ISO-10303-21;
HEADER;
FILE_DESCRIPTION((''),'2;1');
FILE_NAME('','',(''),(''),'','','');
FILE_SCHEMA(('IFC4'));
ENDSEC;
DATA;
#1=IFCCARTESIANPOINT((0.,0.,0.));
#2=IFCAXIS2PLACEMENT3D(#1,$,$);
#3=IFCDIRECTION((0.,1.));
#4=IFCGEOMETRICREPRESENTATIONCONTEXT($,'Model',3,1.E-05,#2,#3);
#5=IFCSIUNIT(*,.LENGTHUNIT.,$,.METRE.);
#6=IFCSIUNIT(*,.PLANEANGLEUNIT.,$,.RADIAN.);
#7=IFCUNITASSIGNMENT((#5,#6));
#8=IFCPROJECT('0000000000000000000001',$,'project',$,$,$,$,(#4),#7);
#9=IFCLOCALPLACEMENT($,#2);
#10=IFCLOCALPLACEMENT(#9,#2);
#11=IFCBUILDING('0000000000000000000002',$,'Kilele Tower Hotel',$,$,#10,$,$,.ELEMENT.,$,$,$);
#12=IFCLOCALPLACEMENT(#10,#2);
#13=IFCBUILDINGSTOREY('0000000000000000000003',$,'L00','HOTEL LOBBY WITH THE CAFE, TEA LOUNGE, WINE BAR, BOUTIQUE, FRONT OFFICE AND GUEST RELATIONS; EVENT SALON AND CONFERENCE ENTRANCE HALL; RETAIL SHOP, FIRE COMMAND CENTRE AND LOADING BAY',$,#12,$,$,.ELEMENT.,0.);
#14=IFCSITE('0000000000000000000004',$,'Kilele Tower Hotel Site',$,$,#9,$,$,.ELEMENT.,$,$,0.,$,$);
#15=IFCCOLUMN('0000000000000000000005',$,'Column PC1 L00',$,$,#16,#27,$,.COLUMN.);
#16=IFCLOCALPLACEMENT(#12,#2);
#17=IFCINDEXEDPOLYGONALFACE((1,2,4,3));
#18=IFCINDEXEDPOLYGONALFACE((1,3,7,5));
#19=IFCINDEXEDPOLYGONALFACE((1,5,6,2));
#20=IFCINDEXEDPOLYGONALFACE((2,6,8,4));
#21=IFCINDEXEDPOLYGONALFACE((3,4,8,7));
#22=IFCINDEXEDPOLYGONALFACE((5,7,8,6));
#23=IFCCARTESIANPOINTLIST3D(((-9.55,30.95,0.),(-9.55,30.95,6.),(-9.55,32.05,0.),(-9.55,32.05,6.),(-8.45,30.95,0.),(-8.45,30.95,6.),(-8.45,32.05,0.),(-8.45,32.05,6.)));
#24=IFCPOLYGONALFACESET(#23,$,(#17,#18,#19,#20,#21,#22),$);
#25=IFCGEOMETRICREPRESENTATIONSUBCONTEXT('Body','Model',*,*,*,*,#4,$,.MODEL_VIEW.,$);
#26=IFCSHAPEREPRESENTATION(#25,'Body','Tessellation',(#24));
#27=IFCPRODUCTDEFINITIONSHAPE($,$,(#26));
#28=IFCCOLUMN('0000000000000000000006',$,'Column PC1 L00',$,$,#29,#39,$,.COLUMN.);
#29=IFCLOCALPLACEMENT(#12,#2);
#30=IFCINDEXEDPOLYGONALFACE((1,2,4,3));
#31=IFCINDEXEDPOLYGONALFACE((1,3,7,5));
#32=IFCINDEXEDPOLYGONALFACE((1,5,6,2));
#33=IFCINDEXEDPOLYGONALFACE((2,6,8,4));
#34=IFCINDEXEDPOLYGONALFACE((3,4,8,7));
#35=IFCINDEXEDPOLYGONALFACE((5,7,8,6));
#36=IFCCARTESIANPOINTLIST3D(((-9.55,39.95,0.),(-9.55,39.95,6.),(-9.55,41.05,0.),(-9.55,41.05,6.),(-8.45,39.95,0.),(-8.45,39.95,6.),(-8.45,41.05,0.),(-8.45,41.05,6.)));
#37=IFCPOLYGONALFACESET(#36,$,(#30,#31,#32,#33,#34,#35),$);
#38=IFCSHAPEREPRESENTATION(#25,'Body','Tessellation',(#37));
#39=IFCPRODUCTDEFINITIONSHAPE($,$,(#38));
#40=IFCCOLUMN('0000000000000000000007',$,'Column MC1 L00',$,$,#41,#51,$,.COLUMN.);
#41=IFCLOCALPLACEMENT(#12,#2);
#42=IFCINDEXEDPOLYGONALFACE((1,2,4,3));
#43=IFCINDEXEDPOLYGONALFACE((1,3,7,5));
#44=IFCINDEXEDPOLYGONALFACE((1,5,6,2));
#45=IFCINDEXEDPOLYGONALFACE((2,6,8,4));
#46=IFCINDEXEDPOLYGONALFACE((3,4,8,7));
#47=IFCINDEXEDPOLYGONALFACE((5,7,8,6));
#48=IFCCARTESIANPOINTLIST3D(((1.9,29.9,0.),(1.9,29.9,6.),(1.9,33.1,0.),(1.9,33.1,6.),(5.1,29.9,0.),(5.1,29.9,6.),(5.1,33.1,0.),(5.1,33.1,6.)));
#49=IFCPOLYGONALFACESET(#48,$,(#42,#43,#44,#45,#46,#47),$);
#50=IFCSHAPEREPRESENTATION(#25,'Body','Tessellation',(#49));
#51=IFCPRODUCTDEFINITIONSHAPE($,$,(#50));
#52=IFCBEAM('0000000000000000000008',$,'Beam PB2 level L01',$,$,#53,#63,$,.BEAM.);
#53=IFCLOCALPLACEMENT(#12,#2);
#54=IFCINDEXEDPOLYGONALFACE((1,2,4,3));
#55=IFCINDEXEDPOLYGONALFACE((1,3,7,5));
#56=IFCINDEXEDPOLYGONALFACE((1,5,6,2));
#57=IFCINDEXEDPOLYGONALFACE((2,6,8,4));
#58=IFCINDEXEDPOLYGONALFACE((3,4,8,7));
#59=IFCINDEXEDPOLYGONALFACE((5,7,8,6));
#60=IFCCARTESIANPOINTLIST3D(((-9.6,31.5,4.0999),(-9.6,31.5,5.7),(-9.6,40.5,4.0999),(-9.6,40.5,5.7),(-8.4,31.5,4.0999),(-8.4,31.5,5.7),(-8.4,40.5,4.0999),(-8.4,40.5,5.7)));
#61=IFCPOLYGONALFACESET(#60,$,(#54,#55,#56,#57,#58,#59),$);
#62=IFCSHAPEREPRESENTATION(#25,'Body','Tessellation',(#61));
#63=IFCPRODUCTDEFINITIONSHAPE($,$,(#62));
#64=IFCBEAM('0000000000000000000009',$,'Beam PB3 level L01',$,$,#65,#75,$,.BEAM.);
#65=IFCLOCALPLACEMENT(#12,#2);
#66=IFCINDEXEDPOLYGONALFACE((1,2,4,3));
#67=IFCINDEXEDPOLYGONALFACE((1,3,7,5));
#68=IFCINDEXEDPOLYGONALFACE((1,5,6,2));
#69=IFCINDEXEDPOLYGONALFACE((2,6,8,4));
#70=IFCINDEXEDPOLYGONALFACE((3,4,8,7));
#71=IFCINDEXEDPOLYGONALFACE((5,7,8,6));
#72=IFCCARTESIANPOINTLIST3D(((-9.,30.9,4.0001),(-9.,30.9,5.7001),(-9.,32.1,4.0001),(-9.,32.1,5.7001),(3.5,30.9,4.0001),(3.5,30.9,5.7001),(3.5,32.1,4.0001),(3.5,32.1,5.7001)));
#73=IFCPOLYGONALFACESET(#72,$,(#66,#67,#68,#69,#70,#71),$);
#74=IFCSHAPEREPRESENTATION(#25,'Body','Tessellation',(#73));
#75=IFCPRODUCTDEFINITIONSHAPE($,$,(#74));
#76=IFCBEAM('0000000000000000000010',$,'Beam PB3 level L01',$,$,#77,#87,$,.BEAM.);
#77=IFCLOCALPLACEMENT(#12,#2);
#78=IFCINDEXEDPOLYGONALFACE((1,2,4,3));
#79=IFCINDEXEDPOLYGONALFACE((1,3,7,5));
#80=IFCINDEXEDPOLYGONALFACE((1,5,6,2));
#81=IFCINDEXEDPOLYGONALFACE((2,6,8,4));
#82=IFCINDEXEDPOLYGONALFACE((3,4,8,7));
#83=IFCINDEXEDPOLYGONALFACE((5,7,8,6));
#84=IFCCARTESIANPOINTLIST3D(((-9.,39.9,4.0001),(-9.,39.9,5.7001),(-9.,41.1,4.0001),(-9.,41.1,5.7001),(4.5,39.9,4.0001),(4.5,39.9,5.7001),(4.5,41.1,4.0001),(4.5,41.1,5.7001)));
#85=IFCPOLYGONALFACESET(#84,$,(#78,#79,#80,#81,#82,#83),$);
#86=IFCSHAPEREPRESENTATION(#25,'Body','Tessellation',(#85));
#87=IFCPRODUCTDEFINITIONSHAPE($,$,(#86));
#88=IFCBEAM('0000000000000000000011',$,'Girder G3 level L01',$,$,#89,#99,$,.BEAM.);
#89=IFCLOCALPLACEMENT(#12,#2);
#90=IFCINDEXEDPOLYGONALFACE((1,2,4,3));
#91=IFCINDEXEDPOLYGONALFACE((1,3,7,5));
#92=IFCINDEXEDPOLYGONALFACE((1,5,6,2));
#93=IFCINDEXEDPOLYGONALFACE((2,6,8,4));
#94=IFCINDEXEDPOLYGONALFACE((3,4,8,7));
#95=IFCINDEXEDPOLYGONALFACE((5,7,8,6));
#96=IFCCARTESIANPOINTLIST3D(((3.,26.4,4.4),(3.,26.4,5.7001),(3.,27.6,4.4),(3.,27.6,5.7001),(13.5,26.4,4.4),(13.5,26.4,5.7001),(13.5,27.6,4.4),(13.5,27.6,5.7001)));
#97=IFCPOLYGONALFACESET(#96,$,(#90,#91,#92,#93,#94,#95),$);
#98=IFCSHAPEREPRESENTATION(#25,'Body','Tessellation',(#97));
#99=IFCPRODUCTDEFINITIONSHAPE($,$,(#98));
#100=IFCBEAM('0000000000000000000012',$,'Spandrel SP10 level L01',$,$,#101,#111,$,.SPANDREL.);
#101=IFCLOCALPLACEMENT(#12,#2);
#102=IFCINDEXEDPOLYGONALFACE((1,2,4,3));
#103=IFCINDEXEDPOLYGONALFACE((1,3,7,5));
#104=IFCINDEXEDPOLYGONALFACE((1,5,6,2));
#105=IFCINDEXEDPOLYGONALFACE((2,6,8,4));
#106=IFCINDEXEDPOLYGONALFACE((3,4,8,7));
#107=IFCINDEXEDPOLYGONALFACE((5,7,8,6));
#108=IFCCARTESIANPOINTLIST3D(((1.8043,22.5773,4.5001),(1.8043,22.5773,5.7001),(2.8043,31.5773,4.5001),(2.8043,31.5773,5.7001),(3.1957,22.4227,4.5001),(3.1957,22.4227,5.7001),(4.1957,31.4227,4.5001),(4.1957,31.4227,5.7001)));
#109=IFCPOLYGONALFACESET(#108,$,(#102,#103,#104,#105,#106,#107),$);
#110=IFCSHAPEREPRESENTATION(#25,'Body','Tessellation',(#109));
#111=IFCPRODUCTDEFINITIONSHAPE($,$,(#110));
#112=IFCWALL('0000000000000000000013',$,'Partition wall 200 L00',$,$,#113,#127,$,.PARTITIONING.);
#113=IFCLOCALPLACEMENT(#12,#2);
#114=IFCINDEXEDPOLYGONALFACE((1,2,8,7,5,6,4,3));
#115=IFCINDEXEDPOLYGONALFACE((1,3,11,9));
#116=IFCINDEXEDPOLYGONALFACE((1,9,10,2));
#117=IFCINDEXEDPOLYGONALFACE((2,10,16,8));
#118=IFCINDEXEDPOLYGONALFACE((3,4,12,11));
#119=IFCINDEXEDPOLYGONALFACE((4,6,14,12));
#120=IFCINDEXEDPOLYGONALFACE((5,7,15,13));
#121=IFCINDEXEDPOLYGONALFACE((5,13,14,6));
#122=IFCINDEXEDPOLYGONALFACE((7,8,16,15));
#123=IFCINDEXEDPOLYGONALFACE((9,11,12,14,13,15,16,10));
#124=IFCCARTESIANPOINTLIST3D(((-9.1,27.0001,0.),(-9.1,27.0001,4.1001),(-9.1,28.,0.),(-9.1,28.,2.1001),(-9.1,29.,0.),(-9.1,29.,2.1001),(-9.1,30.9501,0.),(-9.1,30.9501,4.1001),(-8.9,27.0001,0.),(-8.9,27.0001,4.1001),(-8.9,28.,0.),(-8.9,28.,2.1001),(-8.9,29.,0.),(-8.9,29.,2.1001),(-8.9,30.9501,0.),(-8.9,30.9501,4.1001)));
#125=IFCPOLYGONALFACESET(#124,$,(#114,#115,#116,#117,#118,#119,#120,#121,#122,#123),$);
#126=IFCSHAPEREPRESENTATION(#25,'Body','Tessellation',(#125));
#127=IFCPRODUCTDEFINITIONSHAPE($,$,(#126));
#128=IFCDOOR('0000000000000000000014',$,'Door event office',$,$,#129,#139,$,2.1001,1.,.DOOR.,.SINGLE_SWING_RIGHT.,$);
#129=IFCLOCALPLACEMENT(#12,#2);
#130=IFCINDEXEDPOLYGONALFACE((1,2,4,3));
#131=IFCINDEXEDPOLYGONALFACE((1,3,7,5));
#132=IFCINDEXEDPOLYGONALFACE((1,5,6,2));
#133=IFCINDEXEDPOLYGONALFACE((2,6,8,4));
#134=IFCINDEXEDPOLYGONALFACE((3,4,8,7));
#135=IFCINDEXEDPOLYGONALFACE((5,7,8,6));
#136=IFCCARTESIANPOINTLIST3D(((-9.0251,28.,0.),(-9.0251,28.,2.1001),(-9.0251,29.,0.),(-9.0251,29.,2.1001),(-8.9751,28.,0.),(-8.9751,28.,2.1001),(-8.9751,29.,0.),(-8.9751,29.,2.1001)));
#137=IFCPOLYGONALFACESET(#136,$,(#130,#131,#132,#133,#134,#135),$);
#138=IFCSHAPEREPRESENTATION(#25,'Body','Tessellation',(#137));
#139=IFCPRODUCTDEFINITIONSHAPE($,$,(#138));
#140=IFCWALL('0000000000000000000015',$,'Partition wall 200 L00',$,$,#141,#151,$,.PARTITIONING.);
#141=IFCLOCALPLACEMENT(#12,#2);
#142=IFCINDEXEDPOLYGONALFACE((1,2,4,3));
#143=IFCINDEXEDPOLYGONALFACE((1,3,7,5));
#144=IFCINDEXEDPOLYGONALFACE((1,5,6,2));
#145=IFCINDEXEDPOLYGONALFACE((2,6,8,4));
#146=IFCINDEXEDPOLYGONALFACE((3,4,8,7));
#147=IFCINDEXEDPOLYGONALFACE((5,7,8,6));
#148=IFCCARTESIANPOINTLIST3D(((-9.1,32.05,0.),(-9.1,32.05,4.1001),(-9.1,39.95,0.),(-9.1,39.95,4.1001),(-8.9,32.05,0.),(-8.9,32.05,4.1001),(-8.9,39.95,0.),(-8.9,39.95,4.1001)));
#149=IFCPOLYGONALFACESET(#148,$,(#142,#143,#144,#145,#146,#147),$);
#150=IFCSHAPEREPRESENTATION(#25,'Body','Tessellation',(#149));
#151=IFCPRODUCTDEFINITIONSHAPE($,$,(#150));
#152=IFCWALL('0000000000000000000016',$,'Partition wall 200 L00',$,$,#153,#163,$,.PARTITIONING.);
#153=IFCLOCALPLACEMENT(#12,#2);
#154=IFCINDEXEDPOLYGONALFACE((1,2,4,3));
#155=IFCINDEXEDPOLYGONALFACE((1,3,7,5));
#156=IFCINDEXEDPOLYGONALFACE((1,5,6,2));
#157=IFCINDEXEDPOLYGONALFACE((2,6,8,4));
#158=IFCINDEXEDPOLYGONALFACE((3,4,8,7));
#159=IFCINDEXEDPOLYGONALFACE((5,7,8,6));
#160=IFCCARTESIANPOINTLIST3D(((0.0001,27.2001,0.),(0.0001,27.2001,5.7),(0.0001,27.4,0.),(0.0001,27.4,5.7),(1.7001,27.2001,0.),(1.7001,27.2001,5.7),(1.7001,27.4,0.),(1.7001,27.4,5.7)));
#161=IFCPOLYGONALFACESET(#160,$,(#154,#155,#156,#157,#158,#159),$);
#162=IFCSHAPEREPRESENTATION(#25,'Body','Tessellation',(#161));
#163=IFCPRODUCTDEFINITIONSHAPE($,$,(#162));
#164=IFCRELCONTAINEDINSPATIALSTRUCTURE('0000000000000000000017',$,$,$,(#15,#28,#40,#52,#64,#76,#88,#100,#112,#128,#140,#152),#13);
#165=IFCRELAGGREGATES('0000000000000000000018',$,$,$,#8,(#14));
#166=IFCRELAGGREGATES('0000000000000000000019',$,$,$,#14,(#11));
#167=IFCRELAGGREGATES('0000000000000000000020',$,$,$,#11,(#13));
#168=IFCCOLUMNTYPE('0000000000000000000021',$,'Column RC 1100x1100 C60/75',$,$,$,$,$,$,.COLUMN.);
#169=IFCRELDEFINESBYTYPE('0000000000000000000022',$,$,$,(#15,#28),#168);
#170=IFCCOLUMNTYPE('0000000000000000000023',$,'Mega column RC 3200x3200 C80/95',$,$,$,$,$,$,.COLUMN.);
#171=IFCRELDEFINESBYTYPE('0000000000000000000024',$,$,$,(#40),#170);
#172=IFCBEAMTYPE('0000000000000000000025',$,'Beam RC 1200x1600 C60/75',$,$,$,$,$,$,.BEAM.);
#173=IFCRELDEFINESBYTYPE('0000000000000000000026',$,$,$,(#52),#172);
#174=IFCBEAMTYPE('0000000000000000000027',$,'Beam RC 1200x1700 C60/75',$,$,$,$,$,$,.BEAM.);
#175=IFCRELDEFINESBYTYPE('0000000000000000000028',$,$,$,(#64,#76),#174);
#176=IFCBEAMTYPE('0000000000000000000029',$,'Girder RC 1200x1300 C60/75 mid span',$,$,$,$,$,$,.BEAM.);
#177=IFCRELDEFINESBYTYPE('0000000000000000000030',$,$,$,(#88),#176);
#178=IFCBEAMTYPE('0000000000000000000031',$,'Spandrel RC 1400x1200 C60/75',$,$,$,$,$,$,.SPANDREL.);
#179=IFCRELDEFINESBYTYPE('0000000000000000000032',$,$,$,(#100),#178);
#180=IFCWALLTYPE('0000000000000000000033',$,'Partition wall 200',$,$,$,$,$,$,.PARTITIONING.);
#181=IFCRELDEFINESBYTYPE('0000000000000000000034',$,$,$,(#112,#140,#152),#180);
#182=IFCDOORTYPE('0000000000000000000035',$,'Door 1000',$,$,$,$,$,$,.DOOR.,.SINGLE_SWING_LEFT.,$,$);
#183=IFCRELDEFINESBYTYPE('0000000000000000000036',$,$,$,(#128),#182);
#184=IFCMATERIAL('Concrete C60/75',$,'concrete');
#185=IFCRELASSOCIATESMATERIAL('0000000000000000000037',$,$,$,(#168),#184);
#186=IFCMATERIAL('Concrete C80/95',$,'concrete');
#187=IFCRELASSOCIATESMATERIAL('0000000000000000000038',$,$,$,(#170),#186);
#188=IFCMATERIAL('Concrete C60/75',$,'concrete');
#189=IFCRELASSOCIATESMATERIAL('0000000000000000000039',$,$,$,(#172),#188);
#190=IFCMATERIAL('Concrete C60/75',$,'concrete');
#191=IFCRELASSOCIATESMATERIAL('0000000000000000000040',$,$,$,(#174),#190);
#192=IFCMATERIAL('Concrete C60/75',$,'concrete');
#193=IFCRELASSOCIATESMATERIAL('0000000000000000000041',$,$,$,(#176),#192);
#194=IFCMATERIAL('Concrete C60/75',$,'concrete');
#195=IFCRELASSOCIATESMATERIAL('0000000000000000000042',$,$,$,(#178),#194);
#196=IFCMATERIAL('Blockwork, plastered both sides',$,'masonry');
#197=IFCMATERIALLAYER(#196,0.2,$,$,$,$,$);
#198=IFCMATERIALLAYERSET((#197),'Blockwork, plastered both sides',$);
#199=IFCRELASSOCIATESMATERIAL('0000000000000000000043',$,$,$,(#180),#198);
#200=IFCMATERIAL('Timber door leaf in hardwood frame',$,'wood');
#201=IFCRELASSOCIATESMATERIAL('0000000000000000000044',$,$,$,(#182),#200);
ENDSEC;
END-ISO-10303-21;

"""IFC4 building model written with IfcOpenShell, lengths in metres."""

from ifc_helpers import new_model, si_unit, direction, frame, frame_2d, origin, origin_2d, place, context, subcontext, project, spatial, rectangle, extrude, material, layer, layer_set, material_profile, profile_set, type_object, element, fill, save


model = new_model("IFC4")

# Units and contexts
model_context = context("Model", 3, precision=1e-05, world=origin(), true_north=direction((0.0, 1.0)))
body_context = subcontext(model_context, "Body", "Model", "MODEL_VIEW")
ifc_project = project(units=[si_unit("LENGTHUNIT", "METRE"), si_unit("PLANEANGLEUNIT", "RADIAN")], contexts=[model_context])

# Site, building, storey
site_placement = place(None, origin())
site = spatial("IfcSite", under=ifc_project, at=site_placement, Name="Kilele Tower Hotel Site", CompositionType="ELEMENT", RefElevation=0.0)
building_placement = place(site_placement, origin())
building = spatial("IfcBuilding", under=site, at=building_placement, Name="Kilele Tower Hotel", CompositionType="ELEMENT")
storey_placement = place(building_placement, origin())
storey = spatial("IfcBuildingStorey", under=building, at=storey_placement, Name="L00", Description="HOTEL LOBBY WITH THE CAFE, TEA LOUNGE, WINE BAR, BOUTIQUE, FRONT OFFICE AND GUEST RELATIONS; EVENT SALON AND CONFERENCE ENTRANCE HALL; RETAIL SHOP, FIRE COMMAND CENTRE AND LOADING BAY", CompositionType="ELEMENT", Elevation=0.0)

# Columns
ifc_material_1 = material(Name="Concrete C60/75", Category="concrete")
ifc_material_profile_1 = material_profile(ifc_material_1, rectangle(XDim=1.1001, YDim=1.1001, at=origin_2d()))
ifc_profile_set_1 = profile_set([ifc_material_profile_1], Name="Concrete C60/75")
column_type_1 = type_object("IfcColumnType", Name="Column RC 1100x1100 C60/75", PredefinedType="COLUMN", material=ifc_profile_set_1)
for number, where, z_axis, x_axis, name in (
    (1, (-9.0, 31.5, 0.0), (0.0, 0.0, 1.0), (1.0, 0.0, 0.0), "Column PC1 L00"),
    (2, (-9.0, 40.5, 0.0), (0.0, 0.0, 1.0), (1.0, 0.0, 0.0), "Column PC1 L00"),
):
    element("IfcColumn", number, at=place(storey_placement, frame(where, z_axis=z_axis, x_axis=x_axis)), inside=storey, type_object=column_type_1, Name=name, PredefinedType="COLUMN", context=body_context, shape_type="SweptSolid", body=[
        extrude(rectangle(XDim=1.1001, YDim=1.1001, at=origin_2d()), origin(), (0.0, 0.0, 1.0), 6.0),
    ])
ifc_material_2 = material(Name="Concrete C80/95", Category="concrete")
ifc_material_profile_2 = material_profile(ifc_material_2, rectangle(XDim=3.2, YDim=3.2, at=origin_2d()))
ifc_profile_set_2 = profile_set([ifc_material_profile_2], Name="Concrete C80/95")
column_type_2 = type_object("IfcColumnType", Name="Mega column RC 3200x3200 C80/95", PredefinedType="COLUMN", material=ifc_profile_set_2)
column_placement = place(storey_placement, frame((3.5, 31.5, 0.0), z_axis=(0.0, 0.0, 1.0), x_axis=(1.0, 0.0, 0.0)))
element("IfcColumn", 3, at=column_placement, inside=storey, type_object=column_type_2, Name="Column MC1 L00", PredefinedType="COLUMN", context=body_context, shape_type="SweptSolid", body=[
    extrude(rectangle(XDim=3.2, YDim=3.2, at=origin_2d()), origin(), (0.0, 0.0, 1.0), 6.0),
])

# Beams
ifc_material_3 = material(Name="Concrete C60/75", Category="concrete")
ifc_material_profile_3 = material_profile(ifc_material_3, rectangle(XDim=1.2, YDim=1.6001, at=origin_2d()))
ifc_profile_set_3 = profile_set([ifc_material_profile_3], Name="Concrete C60/75")
beam_type_1 = type_object("IfcBeamType", Name="Beam RC 1200x1600 C60/75", PredefinedType="BEAM", material=ifc_profile_set_3)
beam_1_placement = place(storey_placement, frame((-9.0, 31.5, 4.8999), z_axis=(0.0, 1.0, 0.0), x_axis=(-1.0, 0.0, 0.0)))
element("IfcBeam", 4, at=beam_1_placement, inside=storey, type_object=beam_type_1, Name="Beam PB2 level L01", PredefinedType="BEAM", context=body_context, shape_type="SweptSolid", body=[
    extrude(rectangle(XDim=1.2, YDim=1.6001, at=origin_2d()), origin(), (0.0, 0.0, 1.0), 9.0),
])
ifc_material_4 = material(Name="Concrete C60/75", Category="concrete")
ifc_material_profile_4 = material_profile(ifc_material_4, rectangle(XDim=1.2, YDim=1.7, at=origin_2d()))
ifc_profile_set_4 = profile_set([ifc_material_profile_4], Name="Concrete C60/75")
beam_type_2 = type_object("IfcBeamType", Name="Beam RC 1200x1700 C60/75", PredefinedType="BEAM", material=ifc_profile_set_4)
beam_2_placement = place(storey_placement, frame((-9.0, 31.5, 4.8501), z_axis=(1.0, 0.0, 0.0), x_axis=(0.0, 1.0, 0.0)))
element("IfcBeam", 5, at=beam_2_placement, inside=storey, type_object=beam_type_2, Name="Beam PB3 level L01", PredefinedType="BEAM", context=body_context, shape_type="SweptSolid", body=[
    extrude(rectangle(XDim=1.2, YDim=1.7, at=origin_2d()), origin(), (0.0, 0.0, 1.0), 12.5),
])
beam_3_placement = place(storey_placement, frame((-9.0, 40.5, 4.8501), z_axis=(1.0, 0.0, 0.0), x_axis=(0.0, 1.0, 0.0)))
element("IfcBeam", 6, at=beam_3_placement, inside=storey, type_object=beam_type_2, Name="Beam PB3 level L01", PredefinedType="BEAM", context=body_context, shape_type="SweptSolid", body=[
    extrude(rectangle(XDim=1.2, YDim=1.7, at=origin_2d()), origin(), (0.0, 0.0, 1.0), 13.5),
])
ifc_material_5 = material(Name="Concrete C60/75", Category="concrete")
ifc_material_profile_5 = material_profile(ifc_material_5, rectangle(XDim=1.2, YDim=1.3, at=origin_2d()))
ifc_profile_set_5 = profile_set([ifc_material_profile_5], Name="Concrete C60/75")
beam_type_3 = type_object("IfcBeamType", Name="Girder RC 1200x1300 C60/75 mid span", PredefinedType="BEAM", material=ifc_profile_set_5)
beam_4_placement = place(storey_placement, frame((3.0, 27.0, 5.05), z_axis=(1.0, 0.0, 0.0), x_axis=(0.0, 1.0, 0.0)))
element("IfcBeam", 7, at=beam_4_placement, inside=storey, type_object=beam_type_3, Name="Girder G3 level L01", PredefinedType="BEAM", context=body_context, shape_type="SweptSolid", body=[
    extrude(rectangle(XDim=1.2, YDim=1.3, at=origin_2d()), origin(), (0.0, 0.0, 1.0), 10.5),
])
ifc_material_6 = material(Name="Concrete C60/75", Category="concrete")
ifc_material_profile_6 = material_profile(ifc_material_6, rectangle(XDim=1.3999, YDim=1.2, at=origin_2d()))
ifc_profile_set_6 = profile_set([ifc_material_profile_6], Name="Concrete C60/75")
beam_type_4 = type_object("IfcBeamType", Name="Spandrel RC 1400x1200 C60/75", PredefinedType="SPANDREL", material=ifc_profile_set_6)
beam_5_placement = place(storey_placement, frame((3.5, 31.5, 5.1001), z_axis=(-0.110432, -0.993884, 0.0), x_axis=(0.993884, -0.110432, 0.0)))
element("IfcBeam", 8, at=beam_5_placement, inside=storey, type_object=beam_type_4, Name="Spandrel SP10 level L01", PredefinedType="SPANDREL", context=body_context, shape_type="SweptSolid", body=[
    extrude(rectangle(XDim=1.3999, YDim=1.2, at=origin_2d()), origin(), (0.0, 0.0, 1.0), 9.0554),
])

# Wall, opening, door
ifc_material_7 = material(Name="Blockwork, plastered both sides", Category="masonry")
ifc_layer_1 = layer(ifc_material_7, 0.2)
ifc_layer_set_1 = layer_set([ifc_layer_1], Name="Blockwork, plastered both sides")
wall_type_1 = type_object("IfcWallType", Name="Partition wall 200", PredefinedType="PARTITIONING", material=ifc_layer_set_1)
wall_1_placement = place(storey_placement, frame((-9.0, 27.0, 0.0), z_axis=(0.0, 0.0, 1.0), x_axis=(0.0, 1.0, 0.0)))
wall_1 = element("IfcWall", 9, at=wall_1_placement, inside=storey, type_object=wall_type_1, Name="Partition wall 200 L00", PredefinedType="PARTITIONING", context=body_context, shape_type="SweptSolid", body=[
    extrude(rectangle(XDim=3.95, YDim=0.2, at=frame_2d((1.9751, 0.0))), origin(), (0.0, 0.0, 1.0), 4.1001),
])
opening_1_placement = place(wall_1_placement, frame((2.0, 0.0, 0.0), z_axis=(0.0, 0.0, 1.0), x_axis=(-1.0, 0.0, 0.0)))
opening_1 = element("IfcOpeningElement", 10, at=opening_1_placement, cuts=wall_1, PredefinedType="OPENING", context=body_context, shape_type="SweptSolid", body=[
    extrude(rectangle(XDim=1.0, YDim=2.1001, at=frame_2d((0.5, 1.05))), frame((0.0, 0.1099, 0.0), z_axis=(0.0, -1.0, 0.0), x_axis=(1.0, 0.0, 0.0)), (0.0, 0.0, 1.0), 0.22),
])
ifc_material_8 = material(Name="Timber door leaf in hardwood frame", Category="wood")
door_type = type_object("IfcDoorType", Name="Door 1000", OperationType="SINGLE_SWING_LEFT", PredefinedType="DOOR", material=ifc_material_8)
door_placement = place(opening_1_placement, origin())
door = element("IfcDoor", 11, at=door_placement, inside=storey, type_object=door_type, Name="Door event office", OperationType="SINGLE_SWING_RIGHT", OverallHeight=2.1001, OverallWidth=1.0, PredefinedType="DOOR", context=body_context, shape_type="SweptSolid", body=[
    extrude(rectangle(XDim=1.0, YDim=2.1001, at=frame_2d((0.5, 1.05))), frame((0.0, 0.0249, 0.0), z_axis=(0.0, -1.0, 0.0), x_axis=(1.0, 0.0, 0.0)), (0.0, 0.0, 1.0), 0.05),
])
fill(opening_1, door)

# Walls
wall_2_placement = place(storey_placement, frame((-9.0, 32.05, 0.0), z_axis=(0.0, 0.0, 1.0), x_axis=(0.0, 1.0, 0.0)))
element("IfcWall", 12, at=wall_2_placement, inside=storey, type_object=wall_type_1, Name="Partition wall 200 L00", PredefinedType="PARTITIONING", context=body_context, shape_type="SweptSolid", body=[
    extrude(rectangle(XDim=7.8999, YDim=0.2, at=frame_2d((3.95, 0.0))), origin(), (0.0, 0.0, 1.0), 4.1001),
])
wall_3_placement = place(storey_placement, frame((0.0, 27.3, 0.0), z_axis=(0.0, 0.0, 1.0), x_axis=(1.0, 0.0, 0.0)))
element("IfcWall", 13, at=wall_3_placement, inside=storey, type_object=wall_type_1, Name="Partition wall 200 L00", PredefinedType="PARTITIONING", context=body_context, shape_type="SweptSolid", body=[
    extrude(rectangle(XDim=1.7, YDim=0.2, at=frame_2d((0.8501, 0.0))), origin(), (0.0, 0.0, 1.0), 5.7),
])

save(model, "model.ifc")
